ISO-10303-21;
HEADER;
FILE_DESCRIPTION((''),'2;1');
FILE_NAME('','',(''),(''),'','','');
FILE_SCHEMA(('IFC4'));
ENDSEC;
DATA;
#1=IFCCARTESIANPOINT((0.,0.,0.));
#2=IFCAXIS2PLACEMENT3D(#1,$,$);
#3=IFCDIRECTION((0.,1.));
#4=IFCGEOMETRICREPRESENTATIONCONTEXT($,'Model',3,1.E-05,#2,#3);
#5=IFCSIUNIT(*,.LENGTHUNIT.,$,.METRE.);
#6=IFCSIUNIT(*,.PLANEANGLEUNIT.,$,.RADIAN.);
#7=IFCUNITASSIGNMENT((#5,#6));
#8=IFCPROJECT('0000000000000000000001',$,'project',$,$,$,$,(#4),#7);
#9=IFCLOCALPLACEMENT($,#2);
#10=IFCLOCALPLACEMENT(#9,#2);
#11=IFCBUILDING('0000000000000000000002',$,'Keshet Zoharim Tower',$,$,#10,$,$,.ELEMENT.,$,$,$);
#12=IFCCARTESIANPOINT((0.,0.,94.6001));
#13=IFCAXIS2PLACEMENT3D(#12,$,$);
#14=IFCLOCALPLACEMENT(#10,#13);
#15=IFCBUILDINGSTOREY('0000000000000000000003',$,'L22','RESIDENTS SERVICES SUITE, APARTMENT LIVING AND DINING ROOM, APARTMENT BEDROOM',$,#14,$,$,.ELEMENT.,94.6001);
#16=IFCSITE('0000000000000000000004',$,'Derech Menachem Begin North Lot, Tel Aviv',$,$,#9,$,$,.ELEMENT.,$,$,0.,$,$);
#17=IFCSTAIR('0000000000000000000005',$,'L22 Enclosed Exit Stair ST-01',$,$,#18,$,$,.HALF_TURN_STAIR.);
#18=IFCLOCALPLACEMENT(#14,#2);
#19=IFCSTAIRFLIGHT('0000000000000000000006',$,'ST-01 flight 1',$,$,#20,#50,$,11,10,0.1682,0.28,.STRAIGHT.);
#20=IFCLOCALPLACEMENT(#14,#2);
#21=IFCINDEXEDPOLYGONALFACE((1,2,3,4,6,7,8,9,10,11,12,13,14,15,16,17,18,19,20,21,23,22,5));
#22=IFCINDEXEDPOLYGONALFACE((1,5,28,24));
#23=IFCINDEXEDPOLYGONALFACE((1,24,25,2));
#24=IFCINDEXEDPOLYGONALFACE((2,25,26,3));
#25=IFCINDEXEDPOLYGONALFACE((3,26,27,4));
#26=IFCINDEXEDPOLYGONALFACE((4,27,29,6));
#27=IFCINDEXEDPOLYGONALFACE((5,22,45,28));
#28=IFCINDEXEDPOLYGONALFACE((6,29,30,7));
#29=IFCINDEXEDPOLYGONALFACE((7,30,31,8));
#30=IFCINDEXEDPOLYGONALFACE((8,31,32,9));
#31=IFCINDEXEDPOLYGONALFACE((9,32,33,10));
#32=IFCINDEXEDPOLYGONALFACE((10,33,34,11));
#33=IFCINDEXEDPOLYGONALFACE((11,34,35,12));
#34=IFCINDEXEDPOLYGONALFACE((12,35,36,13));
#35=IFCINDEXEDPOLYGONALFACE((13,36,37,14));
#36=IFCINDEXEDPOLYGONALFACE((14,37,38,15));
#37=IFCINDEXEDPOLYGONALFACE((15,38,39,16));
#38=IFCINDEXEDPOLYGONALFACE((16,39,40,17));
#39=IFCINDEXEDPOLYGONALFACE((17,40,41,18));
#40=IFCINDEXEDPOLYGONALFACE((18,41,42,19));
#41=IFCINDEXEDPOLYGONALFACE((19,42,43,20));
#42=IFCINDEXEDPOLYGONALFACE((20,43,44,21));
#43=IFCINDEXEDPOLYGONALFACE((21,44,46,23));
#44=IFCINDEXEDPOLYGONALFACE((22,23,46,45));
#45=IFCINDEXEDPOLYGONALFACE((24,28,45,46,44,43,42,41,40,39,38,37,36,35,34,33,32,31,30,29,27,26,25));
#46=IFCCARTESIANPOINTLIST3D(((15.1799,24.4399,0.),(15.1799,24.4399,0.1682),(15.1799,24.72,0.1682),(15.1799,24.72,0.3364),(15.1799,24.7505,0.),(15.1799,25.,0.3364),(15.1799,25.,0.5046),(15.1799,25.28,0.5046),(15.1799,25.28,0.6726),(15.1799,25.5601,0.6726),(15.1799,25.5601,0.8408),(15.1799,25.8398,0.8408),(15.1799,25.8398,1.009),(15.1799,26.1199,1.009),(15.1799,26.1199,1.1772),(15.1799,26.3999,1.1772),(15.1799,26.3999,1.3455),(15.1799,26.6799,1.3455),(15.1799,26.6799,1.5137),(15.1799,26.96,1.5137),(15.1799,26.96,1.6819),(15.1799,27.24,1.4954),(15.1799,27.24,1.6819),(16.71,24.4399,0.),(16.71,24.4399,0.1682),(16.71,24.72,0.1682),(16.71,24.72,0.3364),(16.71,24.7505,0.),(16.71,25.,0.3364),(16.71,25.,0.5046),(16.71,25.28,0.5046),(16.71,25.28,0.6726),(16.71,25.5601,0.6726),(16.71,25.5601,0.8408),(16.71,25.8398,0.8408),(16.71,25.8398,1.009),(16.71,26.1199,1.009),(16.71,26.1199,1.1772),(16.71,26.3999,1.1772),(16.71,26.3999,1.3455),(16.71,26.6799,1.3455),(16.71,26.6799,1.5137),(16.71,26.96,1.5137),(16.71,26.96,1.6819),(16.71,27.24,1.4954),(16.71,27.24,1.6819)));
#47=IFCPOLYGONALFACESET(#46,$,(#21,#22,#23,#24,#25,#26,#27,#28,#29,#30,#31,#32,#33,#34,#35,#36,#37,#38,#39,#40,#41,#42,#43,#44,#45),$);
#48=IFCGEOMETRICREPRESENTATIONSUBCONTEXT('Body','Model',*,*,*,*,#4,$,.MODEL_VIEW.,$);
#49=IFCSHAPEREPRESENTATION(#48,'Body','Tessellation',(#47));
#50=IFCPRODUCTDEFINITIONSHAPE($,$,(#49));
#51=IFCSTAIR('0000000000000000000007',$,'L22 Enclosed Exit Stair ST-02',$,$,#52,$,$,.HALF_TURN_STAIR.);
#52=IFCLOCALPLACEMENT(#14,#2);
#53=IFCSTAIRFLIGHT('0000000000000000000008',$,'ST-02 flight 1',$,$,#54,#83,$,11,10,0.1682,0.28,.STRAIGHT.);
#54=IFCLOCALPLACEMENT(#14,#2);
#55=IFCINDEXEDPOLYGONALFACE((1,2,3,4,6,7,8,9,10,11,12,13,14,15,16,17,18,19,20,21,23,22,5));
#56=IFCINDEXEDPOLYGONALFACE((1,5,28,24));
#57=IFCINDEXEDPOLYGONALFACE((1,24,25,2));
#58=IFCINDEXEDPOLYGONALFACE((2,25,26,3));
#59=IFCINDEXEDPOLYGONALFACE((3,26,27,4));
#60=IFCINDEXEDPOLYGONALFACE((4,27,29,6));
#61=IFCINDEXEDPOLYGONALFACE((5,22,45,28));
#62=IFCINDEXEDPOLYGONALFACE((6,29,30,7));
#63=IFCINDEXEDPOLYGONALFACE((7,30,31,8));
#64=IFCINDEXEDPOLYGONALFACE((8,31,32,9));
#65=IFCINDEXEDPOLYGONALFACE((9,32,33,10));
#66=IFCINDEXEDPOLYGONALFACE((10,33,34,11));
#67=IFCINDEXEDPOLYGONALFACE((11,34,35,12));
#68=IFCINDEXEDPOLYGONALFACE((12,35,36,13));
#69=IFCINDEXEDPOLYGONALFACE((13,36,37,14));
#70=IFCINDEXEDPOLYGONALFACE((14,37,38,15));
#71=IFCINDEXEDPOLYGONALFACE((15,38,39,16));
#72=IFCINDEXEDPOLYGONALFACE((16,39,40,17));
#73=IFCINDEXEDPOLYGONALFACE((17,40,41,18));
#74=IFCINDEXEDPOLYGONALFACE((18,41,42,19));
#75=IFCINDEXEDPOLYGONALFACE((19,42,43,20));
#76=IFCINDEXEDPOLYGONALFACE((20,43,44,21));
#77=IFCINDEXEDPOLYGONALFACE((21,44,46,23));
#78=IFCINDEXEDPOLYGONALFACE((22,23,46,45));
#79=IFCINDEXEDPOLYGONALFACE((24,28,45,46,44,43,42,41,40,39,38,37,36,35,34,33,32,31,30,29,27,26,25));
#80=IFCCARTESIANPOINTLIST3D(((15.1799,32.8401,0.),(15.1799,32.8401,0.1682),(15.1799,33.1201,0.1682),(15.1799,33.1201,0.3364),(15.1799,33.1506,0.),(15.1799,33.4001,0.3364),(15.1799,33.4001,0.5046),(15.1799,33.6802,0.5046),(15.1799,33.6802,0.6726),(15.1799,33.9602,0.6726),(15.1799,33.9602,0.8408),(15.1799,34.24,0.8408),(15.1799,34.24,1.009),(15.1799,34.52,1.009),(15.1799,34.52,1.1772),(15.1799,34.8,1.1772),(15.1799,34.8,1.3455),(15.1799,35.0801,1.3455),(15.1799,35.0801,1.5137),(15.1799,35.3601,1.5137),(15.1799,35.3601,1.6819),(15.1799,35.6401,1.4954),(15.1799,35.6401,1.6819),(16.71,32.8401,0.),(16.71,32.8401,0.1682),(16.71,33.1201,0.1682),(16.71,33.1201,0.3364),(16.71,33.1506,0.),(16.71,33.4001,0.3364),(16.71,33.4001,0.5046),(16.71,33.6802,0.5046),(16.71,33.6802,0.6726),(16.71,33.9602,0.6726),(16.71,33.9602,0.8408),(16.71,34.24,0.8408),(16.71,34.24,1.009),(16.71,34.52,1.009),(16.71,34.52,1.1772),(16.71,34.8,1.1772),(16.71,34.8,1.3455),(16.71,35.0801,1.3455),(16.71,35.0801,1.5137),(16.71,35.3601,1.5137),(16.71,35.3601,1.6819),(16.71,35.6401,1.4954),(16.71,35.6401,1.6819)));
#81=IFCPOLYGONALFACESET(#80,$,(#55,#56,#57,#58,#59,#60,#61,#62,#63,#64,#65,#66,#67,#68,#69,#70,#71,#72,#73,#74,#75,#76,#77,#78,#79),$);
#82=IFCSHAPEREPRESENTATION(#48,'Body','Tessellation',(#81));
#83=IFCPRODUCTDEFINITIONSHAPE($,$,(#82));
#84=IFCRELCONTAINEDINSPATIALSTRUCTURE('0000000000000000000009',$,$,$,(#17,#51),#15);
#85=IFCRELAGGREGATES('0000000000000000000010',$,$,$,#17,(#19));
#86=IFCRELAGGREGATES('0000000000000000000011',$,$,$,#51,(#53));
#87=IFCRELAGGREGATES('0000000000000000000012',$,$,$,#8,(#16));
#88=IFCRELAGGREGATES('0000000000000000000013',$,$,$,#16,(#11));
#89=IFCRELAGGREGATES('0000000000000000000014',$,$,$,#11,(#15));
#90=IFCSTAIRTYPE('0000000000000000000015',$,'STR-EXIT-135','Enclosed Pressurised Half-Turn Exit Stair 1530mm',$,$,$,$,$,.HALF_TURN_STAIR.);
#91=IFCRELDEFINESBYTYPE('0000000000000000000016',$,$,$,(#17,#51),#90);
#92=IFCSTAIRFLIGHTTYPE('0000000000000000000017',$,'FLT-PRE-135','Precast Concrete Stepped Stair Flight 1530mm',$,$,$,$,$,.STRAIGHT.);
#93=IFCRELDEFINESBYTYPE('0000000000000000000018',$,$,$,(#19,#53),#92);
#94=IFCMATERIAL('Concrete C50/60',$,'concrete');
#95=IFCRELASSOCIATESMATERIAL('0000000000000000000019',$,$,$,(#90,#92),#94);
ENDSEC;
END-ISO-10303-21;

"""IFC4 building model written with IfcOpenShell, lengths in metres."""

from ifc_helpers import new_model, si_unit, direction, frame, origin, place, context, subcontext, project, spatial, polyline, outline, extrude, material, type_object, element, aggregate, save


model = new_model("IFC4")

# Units and contexts
model_context = context("Model", 3, precision=1e-05, world=origin(), true_north=direction((0.0, 1.0)))
body_context = subcontext(model_context, "Body", "Model", "MODEL_VIEW")
ifc_project = project(units=[si_unit("LENGTHUNIT", "METRE"), si_unit("PLANEANGLEUNIT", "RADIAN")], contexts=[model_context])

# Site, building, storey
site_placement = place(None, origin())
site = spatial("IfcSite", under=ifc_project, at=site_placement, Name="Derech Menachem Begin North Lot, Tel Aviv", CompositionType="ELEMENT", RefElevation=0.0)
building_placement = place(site_placement, origin())
building = spatial("IfcBuilding", under=site, at=building_placement, Name="Keshet Zoharim Tower", CompositionType="ELEMENT")
storey_placement = place(building_placement, frame((0.0, 0.0, 94.6001)))
storey = spatial("IfcBuildingStorey", under=building, at=storey_placement, Name="L22", Description="RESIDENTS SERVICES SUITE, APARTMENT LIVING AND DINING ROOM, APARTMENT BEDROOM", CompositionType="ELEMENT", Elevation=94.6001)

# Stairs, stair flights
ifc_material_1 = material(Name="Concrete C50/60", Category="concrete")
stair_type = type_object("IfcStairType", Name="STR-EXIT-135", Description="Enclosed Pressurised Half-Turn Exit Stair 1530mm", PredefinedType="HALF_TURN_STAIR", material=ifc_material_1)
stair_1_placement = place(storey_placement, origin())
stair_1 = element("IfcStair", 1, at=stair_1_placement, inside=storey, type_object=stair_type, Name="L22 Enclosed Exit Stair ST-01", PredefinedType="HALF_TURN_STAIR")
stair_flight_type = type_object("IfcStairFlightType", Name="FLT-PRE-135", Description="Precast Concrete Stepped Stair Flight 1530mm", PredefinedType="STRAIGHT", material=ifc_material_1)
stair_flight_1_placement = place(storey_placement, frame((15.9451, 24.4399, 0.0), z_axis=(0.0, 0.0, 1.0), x_axis=(0.0, 1.0, 0.0)))
stair_flight_1 = element("IfcStairFlight", 2, at=stair_flight_1_placement, type_object=stair_flight_type, Name="ST-01 flight 1", NumberOfRisers=11, NumberOfTreads=10, PredefinedType="STRAIGHT", RiserHeight=0.1682, TreadLength=0.28, context=body_context, shape_type="SweptSolid", body=[
    extrude(outline(polyline([(0.0, 0.0), (0.0, 0.1682), (0.28, 0.1682), (0.28, 0.3364), (0.5601, 0.3364), (0.5601, 0.5046), (0.8401, 0.5046), (0.8401, 0.6726), (1.1201, 0.6726), (1.1201, 0.8408), (1.3999, 0.8408), (1.3999, 1.009), (1.6799, 1.009), (1.6799, 1.1772), (1.96, 1.1772), (1.96, 1.3455), (2.24, 1.3455), (2.24, 1.5137), (2.52, 1.5137), (2.52, 1.6819), (2.8, 1.6819), (2.8, 1.8501), (2.8, 1.4954), (0.3105, 0.0), (0.0, 0.0)])), frame((0.0, 0.7651, 0.0), z_axis=(0.0, -1.0, 0.0), x_axis=(1.0, 0.0, 0.0)), (0.0, 0.0, 1.0), 1.53),
])
aggregate(stair_1, [stair_flight_1])
stair_2_placement = place(storey_placement, origin())
stair_2 = element("IfcStair", 3, at=stair_2_placement, inside=storey, type_object=stair_type, Name="L22 Enclosed Exit Stair ST-02", PredefinedType="HALF_TURN_STAIR")
stair_flight_2_placement = place(storey_placement, frame((15.9451, 32.8401, 0.0), z_axis=(0.0, 0.0, 1.0), x_axis=(0.0, 1.0, 0.0)))
stair_flight_2 = element("IfcStairFlight", 4, at=stair_flight_2_placement, type_object=stair_flight_type, Name="ST-02 flight 1", NumberOfRisers=11, NumberOfTreads=10, PredefinedType="STRAIGHT", RiserHeight=0.1682, TreadLength=0.28, context=body_context, shape_type="SweptSolid", body=[
    extrude(outline(polyline([(0.0, 0.0), (0.0, 0.1682), (0.28, 0.1682), (0.28, 0.3364), (0.5601, 0.3364), (0.5601, 0.5046), (0.8401, 0.5046), (0.8401, 0.6726), (1.1201, 0.6726), (1.1201, 0.8408), (1.3999, 0.8408), (1.3999, 1.009), (1.6799, 1.009), (1.6799, 1.1772), (1.96, 1.1772), (1.96, 1.3455), (2.24, 1.3455), (2.24, 1.5137), (2.52, 1.5137), (2.52, 1.6819), (2.8, 1.6819), (2.8, 1.8501), (2.8, 1.4954), (0.3105, 0.0), (0.0, 0.0)])), frame((0.0, 0.7651, 0.0), z_axis=(0.0, -1.0, 0.0), x_axis=(1.0, 0.0, 0.0)), (0.0, 0.0, 1.0), 1.53),
])
aggregate(stair_2, [stair_flight_2])

save(model, "model.ifc")
